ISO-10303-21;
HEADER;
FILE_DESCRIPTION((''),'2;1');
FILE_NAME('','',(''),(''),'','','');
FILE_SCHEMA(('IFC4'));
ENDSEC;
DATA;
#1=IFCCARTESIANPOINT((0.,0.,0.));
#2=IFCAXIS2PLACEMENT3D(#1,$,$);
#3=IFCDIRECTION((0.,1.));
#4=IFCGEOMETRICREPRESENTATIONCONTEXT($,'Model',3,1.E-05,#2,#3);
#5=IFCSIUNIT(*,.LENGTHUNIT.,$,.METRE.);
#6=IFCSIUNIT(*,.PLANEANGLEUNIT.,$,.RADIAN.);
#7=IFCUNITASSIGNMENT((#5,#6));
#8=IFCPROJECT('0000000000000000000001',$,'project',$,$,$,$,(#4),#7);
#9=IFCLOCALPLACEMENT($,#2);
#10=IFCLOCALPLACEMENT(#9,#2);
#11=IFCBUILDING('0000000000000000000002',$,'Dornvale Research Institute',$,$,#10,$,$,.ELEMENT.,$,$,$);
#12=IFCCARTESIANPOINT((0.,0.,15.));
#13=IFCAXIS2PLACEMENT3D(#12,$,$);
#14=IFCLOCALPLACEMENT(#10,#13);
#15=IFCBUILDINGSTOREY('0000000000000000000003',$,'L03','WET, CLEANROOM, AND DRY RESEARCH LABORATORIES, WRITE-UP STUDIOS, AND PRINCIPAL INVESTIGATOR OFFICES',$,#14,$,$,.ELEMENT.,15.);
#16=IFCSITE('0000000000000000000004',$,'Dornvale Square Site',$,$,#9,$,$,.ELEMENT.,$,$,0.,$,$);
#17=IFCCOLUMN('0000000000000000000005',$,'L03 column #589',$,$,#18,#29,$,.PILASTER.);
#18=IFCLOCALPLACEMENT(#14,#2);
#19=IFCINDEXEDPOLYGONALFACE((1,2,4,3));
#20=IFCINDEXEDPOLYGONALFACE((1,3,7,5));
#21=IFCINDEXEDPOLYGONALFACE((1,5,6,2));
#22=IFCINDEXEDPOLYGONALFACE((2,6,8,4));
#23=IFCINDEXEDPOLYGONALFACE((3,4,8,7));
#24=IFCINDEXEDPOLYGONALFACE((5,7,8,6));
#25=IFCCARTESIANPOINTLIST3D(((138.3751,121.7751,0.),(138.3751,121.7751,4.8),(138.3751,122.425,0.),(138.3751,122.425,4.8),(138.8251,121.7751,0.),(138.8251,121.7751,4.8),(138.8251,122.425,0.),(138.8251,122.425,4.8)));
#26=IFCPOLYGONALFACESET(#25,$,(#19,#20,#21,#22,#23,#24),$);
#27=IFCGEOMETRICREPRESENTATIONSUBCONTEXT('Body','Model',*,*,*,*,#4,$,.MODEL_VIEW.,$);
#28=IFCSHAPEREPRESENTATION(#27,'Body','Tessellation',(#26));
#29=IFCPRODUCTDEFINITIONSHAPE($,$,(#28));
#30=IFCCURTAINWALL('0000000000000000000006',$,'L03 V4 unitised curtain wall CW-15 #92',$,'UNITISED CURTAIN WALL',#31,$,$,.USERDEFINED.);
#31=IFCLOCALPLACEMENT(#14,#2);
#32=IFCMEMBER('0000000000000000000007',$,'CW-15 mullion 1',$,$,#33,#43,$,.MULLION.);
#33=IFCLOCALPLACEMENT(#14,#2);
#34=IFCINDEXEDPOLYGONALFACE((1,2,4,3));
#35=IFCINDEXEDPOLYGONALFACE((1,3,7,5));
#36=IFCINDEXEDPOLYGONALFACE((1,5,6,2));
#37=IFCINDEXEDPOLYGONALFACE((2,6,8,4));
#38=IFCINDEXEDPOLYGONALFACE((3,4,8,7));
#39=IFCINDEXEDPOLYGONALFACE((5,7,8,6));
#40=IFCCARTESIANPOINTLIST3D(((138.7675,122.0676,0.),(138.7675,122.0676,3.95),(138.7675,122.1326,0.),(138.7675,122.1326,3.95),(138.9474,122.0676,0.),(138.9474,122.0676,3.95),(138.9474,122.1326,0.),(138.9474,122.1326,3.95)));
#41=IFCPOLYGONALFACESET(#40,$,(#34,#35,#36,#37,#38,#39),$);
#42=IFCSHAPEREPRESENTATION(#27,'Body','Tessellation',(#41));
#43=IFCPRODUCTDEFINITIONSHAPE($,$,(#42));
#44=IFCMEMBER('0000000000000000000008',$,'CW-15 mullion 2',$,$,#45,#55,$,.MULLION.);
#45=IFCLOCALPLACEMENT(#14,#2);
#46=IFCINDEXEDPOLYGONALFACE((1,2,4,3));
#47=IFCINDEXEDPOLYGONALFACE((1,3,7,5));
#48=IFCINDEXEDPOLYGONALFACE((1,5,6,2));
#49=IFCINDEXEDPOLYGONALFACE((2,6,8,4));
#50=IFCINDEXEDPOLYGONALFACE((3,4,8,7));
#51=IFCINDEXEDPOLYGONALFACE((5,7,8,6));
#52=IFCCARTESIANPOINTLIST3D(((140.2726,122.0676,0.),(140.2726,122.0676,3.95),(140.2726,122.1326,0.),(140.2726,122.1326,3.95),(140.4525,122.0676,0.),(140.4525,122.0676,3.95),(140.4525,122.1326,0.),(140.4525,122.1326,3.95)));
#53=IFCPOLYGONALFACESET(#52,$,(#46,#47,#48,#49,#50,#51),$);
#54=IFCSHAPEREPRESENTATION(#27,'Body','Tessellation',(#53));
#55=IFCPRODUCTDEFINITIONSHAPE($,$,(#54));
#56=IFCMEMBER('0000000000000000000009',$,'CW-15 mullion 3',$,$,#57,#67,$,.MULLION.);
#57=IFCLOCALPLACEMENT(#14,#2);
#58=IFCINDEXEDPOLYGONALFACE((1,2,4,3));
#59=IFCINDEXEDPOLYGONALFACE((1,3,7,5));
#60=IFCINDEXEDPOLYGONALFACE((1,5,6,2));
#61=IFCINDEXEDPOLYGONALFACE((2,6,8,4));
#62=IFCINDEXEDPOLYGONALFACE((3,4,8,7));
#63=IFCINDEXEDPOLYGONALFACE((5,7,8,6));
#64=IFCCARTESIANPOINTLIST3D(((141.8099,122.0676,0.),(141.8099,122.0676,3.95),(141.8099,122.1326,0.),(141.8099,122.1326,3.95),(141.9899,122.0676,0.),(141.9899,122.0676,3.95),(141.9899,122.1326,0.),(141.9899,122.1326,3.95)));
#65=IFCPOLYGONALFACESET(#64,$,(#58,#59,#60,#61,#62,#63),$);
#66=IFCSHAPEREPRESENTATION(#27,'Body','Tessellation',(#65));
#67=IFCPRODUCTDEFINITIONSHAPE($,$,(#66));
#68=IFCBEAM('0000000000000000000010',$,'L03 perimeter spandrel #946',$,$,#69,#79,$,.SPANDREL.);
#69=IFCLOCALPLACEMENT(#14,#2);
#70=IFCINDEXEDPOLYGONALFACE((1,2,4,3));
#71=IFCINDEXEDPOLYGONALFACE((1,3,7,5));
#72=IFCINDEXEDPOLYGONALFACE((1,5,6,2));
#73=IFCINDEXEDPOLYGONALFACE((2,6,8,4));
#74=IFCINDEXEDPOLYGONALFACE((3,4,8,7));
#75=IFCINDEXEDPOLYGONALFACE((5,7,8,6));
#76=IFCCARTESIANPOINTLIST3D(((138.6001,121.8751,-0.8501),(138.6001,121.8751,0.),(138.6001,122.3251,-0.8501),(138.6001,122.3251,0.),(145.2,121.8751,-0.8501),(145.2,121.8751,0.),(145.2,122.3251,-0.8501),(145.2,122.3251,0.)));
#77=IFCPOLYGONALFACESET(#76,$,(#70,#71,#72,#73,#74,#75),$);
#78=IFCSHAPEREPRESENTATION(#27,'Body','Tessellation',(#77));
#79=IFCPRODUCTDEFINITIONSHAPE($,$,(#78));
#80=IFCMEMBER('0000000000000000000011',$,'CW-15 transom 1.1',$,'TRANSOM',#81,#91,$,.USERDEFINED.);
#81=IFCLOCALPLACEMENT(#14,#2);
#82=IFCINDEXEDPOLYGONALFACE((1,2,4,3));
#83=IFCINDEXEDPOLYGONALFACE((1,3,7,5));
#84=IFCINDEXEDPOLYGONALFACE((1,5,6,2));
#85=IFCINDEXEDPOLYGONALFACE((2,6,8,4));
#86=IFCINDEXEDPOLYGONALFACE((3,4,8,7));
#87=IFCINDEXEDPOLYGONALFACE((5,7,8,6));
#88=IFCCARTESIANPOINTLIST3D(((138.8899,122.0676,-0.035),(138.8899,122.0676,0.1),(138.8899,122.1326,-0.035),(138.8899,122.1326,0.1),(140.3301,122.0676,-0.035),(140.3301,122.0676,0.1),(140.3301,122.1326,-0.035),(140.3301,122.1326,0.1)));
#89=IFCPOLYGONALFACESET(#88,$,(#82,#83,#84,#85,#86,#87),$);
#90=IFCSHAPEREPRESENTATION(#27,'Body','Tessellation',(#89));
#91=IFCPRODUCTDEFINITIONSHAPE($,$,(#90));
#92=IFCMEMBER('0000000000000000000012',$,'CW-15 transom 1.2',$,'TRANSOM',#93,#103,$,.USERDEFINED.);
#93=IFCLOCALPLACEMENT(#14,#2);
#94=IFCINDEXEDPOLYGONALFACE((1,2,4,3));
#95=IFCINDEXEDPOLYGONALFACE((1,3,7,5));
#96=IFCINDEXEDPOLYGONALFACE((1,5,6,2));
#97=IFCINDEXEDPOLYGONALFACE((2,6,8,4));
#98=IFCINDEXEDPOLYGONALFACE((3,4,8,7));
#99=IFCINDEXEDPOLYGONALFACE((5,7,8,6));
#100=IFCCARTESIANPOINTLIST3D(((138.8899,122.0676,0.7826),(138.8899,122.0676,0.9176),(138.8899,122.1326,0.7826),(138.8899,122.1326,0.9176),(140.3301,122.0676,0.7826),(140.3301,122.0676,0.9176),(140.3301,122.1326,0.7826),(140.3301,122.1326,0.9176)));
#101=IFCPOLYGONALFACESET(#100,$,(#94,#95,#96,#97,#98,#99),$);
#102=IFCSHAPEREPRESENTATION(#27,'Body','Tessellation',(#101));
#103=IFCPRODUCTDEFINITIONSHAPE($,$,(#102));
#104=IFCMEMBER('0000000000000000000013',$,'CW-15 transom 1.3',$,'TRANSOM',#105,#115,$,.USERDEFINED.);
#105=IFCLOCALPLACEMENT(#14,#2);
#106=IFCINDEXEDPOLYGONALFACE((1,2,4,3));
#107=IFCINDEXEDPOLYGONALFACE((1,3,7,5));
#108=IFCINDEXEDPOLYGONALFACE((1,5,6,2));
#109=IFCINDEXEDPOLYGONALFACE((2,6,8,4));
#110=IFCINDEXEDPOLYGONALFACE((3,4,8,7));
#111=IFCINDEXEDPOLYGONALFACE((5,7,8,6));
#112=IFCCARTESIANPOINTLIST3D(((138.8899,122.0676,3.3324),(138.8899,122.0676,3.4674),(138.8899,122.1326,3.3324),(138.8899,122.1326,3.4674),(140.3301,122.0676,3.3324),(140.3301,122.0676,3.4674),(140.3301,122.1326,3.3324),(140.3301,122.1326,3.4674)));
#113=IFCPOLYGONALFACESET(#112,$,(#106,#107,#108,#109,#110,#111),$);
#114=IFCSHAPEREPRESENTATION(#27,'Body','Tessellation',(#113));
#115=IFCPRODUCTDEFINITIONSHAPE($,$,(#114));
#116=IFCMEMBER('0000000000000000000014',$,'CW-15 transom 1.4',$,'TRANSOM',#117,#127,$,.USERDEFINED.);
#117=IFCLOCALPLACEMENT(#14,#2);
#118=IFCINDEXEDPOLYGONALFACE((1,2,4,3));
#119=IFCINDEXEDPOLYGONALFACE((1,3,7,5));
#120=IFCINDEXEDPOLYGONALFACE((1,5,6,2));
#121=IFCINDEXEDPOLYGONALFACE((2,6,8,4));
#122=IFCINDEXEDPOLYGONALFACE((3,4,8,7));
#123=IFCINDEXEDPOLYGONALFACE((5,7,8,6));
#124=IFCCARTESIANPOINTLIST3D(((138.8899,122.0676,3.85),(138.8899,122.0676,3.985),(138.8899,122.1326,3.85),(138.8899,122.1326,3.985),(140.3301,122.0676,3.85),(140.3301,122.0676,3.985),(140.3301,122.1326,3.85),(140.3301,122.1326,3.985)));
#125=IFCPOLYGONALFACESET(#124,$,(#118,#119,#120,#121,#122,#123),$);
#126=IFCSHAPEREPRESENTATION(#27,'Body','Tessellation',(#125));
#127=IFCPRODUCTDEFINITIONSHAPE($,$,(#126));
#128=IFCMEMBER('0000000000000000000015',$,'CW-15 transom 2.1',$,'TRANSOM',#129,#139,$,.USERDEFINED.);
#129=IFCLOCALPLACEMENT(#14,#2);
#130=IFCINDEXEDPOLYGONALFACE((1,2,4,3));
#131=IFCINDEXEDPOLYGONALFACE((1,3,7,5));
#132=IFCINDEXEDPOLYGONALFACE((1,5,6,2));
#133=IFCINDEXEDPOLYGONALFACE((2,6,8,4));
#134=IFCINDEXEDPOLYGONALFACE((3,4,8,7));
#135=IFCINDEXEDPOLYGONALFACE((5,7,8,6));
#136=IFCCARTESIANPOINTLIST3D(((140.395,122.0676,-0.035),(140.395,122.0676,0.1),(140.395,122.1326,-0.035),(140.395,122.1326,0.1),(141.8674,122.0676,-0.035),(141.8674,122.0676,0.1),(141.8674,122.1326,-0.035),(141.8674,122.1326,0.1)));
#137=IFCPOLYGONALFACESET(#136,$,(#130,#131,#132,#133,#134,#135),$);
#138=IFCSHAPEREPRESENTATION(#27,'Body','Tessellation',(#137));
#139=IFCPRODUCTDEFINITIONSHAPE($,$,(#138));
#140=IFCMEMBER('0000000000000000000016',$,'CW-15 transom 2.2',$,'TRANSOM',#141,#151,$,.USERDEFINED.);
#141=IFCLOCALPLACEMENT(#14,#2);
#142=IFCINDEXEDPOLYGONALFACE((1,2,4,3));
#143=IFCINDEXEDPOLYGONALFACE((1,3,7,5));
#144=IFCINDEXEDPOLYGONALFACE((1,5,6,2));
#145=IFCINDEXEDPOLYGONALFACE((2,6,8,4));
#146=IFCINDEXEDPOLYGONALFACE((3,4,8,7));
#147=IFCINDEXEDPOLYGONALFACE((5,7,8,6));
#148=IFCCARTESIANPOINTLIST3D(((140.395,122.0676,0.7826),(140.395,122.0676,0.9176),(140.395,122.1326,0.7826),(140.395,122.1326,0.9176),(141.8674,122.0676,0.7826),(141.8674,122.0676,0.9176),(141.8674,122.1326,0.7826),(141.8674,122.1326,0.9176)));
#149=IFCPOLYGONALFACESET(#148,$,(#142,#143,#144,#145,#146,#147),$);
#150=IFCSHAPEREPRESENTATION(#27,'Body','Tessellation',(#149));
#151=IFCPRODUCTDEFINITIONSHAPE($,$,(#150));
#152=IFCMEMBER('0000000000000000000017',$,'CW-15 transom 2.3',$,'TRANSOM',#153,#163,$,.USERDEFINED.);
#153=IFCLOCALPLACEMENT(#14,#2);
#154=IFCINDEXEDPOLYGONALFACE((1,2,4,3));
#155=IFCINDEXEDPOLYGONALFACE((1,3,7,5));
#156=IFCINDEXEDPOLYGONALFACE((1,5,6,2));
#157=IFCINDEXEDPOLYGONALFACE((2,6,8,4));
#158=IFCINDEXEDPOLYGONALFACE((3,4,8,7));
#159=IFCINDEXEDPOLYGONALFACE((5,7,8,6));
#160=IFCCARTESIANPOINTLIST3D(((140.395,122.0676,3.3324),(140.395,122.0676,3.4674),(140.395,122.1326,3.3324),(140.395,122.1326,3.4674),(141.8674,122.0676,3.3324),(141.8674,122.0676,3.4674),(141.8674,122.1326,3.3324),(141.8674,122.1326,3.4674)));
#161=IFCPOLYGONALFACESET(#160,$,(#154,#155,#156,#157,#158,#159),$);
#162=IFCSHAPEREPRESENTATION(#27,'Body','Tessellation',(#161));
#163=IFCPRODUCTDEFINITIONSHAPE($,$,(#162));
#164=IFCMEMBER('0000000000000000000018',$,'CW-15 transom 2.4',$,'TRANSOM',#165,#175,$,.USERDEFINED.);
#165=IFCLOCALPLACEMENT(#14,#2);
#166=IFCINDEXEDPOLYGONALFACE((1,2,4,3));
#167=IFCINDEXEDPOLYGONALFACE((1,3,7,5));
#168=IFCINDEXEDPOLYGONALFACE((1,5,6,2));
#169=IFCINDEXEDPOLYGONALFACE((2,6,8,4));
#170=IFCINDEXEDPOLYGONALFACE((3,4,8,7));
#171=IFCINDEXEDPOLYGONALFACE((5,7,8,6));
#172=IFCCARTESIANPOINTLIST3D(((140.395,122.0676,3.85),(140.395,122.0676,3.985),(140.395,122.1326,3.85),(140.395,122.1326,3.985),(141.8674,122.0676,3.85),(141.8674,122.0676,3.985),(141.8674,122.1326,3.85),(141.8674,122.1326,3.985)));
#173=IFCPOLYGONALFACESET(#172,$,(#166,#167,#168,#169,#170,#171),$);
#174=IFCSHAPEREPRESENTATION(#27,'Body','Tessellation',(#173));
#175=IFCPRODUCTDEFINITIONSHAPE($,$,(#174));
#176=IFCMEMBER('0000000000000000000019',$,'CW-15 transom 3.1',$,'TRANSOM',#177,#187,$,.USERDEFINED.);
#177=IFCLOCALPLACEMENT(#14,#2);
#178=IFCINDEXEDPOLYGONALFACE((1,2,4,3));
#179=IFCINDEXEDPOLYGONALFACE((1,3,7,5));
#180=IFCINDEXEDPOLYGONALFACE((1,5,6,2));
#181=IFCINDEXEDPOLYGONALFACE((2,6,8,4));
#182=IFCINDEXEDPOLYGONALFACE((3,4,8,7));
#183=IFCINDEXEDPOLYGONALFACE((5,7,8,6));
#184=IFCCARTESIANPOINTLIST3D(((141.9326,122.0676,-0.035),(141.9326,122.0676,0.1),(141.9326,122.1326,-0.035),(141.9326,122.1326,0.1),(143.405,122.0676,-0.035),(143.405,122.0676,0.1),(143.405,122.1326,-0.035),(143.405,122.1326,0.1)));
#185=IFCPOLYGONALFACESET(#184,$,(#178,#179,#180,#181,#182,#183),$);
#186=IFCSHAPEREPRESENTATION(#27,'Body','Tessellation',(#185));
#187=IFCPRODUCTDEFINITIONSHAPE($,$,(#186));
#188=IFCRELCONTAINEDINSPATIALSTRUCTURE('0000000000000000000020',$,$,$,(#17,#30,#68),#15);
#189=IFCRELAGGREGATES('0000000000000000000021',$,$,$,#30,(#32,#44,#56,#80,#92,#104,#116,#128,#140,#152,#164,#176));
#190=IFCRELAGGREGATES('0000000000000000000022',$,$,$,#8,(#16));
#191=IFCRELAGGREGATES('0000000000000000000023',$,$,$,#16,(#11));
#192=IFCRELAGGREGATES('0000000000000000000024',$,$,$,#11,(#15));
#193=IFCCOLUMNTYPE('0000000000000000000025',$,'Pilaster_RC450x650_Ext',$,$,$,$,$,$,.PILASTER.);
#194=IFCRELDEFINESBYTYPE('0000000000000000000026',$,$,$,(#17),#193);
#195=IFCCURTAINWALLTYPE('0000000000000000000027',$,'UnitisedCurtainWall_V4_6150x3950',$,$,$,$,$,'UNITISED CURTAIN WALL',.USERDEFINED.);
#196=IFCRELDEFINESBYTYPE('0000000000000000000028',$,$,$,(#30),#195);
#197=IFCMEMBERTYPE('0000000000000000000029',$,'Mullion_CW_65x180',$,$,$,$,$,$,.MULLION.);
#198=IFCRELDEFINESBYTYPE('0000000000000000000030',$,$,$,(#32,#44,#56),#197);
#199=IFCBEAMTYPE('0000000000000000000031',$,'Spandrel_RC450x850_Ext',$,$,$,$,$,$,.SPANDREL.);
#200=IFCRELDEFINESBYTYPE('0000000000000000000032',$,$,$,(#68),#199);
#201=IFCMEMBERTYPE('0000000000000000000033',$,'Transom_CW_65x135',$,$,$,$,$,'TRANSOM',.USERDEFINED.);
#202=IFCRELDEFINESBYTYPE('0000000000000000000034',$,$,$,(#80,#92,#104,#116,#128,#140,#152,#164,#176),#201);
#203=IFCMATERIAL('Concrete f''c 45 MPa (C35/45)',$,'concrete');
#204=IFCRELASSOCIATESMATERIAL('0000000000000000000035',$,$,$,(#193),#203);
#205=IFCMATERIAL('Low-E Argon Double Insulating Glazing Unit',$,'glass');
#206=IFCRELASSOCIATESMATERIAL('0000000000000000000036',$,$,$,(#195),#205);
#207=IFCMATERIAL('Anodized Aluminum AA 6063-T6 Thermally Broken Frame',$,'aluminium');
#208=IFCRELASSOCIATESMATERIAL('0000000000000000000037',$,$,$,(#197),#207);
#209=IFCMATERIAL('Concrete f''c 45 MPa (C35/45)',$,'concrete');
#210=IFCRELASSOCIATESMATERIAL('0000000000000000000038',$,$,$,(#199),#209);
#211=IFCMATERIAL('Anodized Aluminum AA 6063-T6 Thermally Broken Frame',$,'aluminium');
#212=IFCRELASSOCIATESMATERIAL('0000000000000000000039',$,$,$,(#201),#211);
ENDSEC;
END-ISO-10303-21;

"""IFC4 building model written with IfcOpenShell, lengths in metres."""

from ifc_helpers import new_model, si_unit, direction, frame, origin, origin_2d, place, context, subcontext, project, spatial, rectangle, extrude, material, material_profile, profile_set, type_object, element, aggregate, save


model = new_model("IFC4")

# Units and contexts
model_context = context("Model", 3, precision=1e-05, world=origin(), true_north=direction((0.0, 1.0)))
body_context = subcontext(model_context, "Body", "Model", "MODEL_VIEW")
ifc_project = project(units=[si_unit("LENGTHUNIT", "METRE"), si_unit("PLANEANGLEUNIT", "RADIAN")], contexts=[model_context])

# Site, building, storey
site_placement = place(None, origin())
site = spatial("IfcSite", under=ifc_project, at=site_placement, Name="Dornvale Square Site", CompositionType="ELEMENT", RefElevation=0.0)
building_placement = place(site_placement, origin())
building = spatial("IfcBuilding", under=site, at=building_placement, Name="Dornvale Research Institute", CompositionType="ELEMENT")
storey_placement = place(building_placement, frame((0.0, 0.0, 15.0)))
storey = spatial("IfcBuildingStorey", under=building, at=storey_placement, Name="L03", Description="WET, CLEANROOM, AND DRY RESEARCH LABORATORIES, WRITE-UP STUDIOS, AND PRINCIPAL INVESTIGATOR OFFICES", CompositionType="ELEMENT", Elevation=15.0)

# Column
ifc_material_1 = material(Name="Concrete f'c 45 MPa (C35/45)", Category="concrete")
ifc_material_profile_1 = material_profile(ifc_material_1, rectangle(XDim=0.45, YDim=0.6499, at=origin_2d()), Name="RC 450x650")
ifc_profile_set_1 = profile_set([ifc_material_profile_1], Name="Concrete f'c 45 MPa (C35/45)")
column_type = type_object("IfcColumnType", Name="Pilaster_RC450x650_Ext", PredefinedType="PILASTER", material=ifc_profile_set_1)
column_placement = place(storey_placement, frame((138.6001, 122.1001, 0.0), z_axis=(0.0, 0.0, 1.0), x_axis=(1.0, 0.0, 0.0)))
element("IfcColumn", 1, at=column_placement, inside=storey, type_object=column_type, Name="L03 column #589", PredefinedType="PILASTER", context=body_context, shape_type="SweptSolid", body=[
    extrude(rectangle(XDim=0.45, YDim=0.6499, at=origin_2d()), origin(), (0.0, 0.0, 1.0), 4.8),
])

# Curtain wall, members
ifc_material_2 = material(Name="Low-E Argon Double Insulating Glazing Unit", Category="glass")
curtain_wall_type = type_object("IfcCurtainWallType", Name="UnitisedCurtainWall_V4_6150x3950", ElementType="UNITISED CURTAIN WALL", PredefinedType="USERDEFINED", material=ifc_material_2)
curtain_wall_placement = place(storey_placement, origin())
curtain_wall = element("IfcCurtainWall", 2, at=curtain_wall_placement, inside=storey, type_object=curtain_wall_type, Name="L03 V4 unitised curtain wall CW-15 #92", ObjectType="UNITISED CURTAIN WALL", PredefinedType="USERDEFINED")
ifc_material_3 = material(Name="Anodized Aluminum AA 6063-T6 Thermally Broken Frame", Category="aluminium")
ifc_material_profile_2 = material_profile(ifc_material_3, rectangle(XDim=0.0649, YDim=0.1799, at=origin_2d()), Name="ALU MULLION 65x180")
ifc_profile_set_2 = profile_set([ifc_material_profile_2], Name="Anodized Aluminum AA 6063-T6 Thermally Broken Frame")
member_type_1 = type_object("IfcMemberType", Name="Mullion_CW_65x180", PredefinedType="MULLION", material=ifc_profile_set_2)
member_1_placement = place(storey_placement, frame((138.8574, 122.1001, 0.0), z_axis=(0.0, 0.0, 1.0), x_axis=(0.0, 1.0, 0.0)))
member_1 = element("IfcMember", 3, at=member_1_placement, type_object=member_type_1, Name="CW-15 mullion 1", PredefinedType="MULLION", context=body_context, shape_type="SweptSolid", body=[
    extrude(rectangle(XDim=0.0649, YDim=0.1799, at=origin_2d()), origin(), (0.0, 0.0, 1.0), 3.95),
])
member_2_placement = place(storey_placement, frame((140.3625, 122.1001, 0.0), z_axis=(0.0, 0.0, 1.0), x_axis=(0.0, 1.0, 0.0)))
member_2 = element("IfcMember", 4, at=member_2_placement, type_object=member_type_1, Name="CW-15 mullion 2", PredefinedType="MULLION", context=body_context, shape_type="SweptSolid", body=[
    extrude(rectangle(XDim=0.0649, YDim=0.1799, at=origin_2d()), origin(), (0.0, 0.0, 1.0), 3.95),
])
member_3_placement = place(storey_placement, frame((141.8999, 122.1001, 0.0), z_axis=(0.0, 0.0, 1.0), x_axis=(0.0, 1.0, 0.0)))
member_3 = element("IfcMember", 5, at=member_3_placement, type_object=member_type_1, Name="CW-15 mullion 3", PredefinedType="MULLION", context=body_context, shape_type="SweptSolid", body=[
    extrude(rectangle(XDim=0.0649, YDim=0.1799, at=origin_2d()), origin(), (0.0, 0.0, 1.0), 3.95),
])

# Beam
ifc_material_4 = material(Name="Concrete f'c 45 MPa (C35/45)", Category="concrete")
ifc_material_profile_3 = material_profile(ifc_material_4, rectangle(XDim=0.45, YDim=0.8501, at=origin_2d()), Name="RC 450x850")
ifc_profile_set_3 = profile_set([ifc_material_profile_3], Name="Concrete f'c 45 MPa (C35/45)")
beam_type = type_object("IfcBeamType", Name="Spandrel_RC450x850_Ext", PredefinedType="SPANDREL", material=ifc_profile_set_3)
beam_placement = place(storey_placement, frame((138.6001, 122.1001, -0.425), z_axis=(1.0, 0.0, 0.0), x_axis=(0.0, 1.0, 0.0)))
element("IfcBeam", 6, at=beam_placement, inside=storey, type_object=beam_type, Name="L03 perimeter spandrel #946", PredefinedType="SPANDREL", context=body_context, shape_type="SweptSolid", body=[
    extrude(rectangle(XDim=0.45, YDim=0.8501, at=origin_2d()), origin(), (0.0, 0.0, 1.0), 6.5999),
])

# Members
ifc_material_5 = material(Name="Anodized Aluminum AA 6063-T6 Thermally Broken Frame", Category="aluminium")
ifc_material_profile_4 = material_profile(ifc_material_5, rectangle(XDim=0.0649, YDim=0.135, at=origin_2d()), Name="ALU TRANSOM 65x135")
ifc_profile_set_4 = profile_set([ifc_material_profile_4], Name="Anodized Aluminum AA 6063-T6 Thermally Broken Frame")
member_type_2 = type_object("IfcMemberType", Name="Transom_CW_65x135", ElementType="TRANSOM", PredefinedType="USERDEFINED", material=ifc_profile_set_4)
member_4_placement = place(storey_placement, frame((138.8899, 122.1001, 0.0325), z_axis=(1.0, 0.0, 0.0), x_axis=(0.0, 1.0, 0.0)))
member_4 = element("IfcMember", 7, at=member_4_placement, type_object=member_type_2, Name="CW-15 transom 1.1", ObjectType="TRANSOM", PredefinedType="USERDEFINED", context=body_context, shape_type="SweptSolid", body=[
    extrude(rectangle(XDim=0.0649, YDim=0.135, at=origin_2d()), origin(), (0.0, 0.0, 1.0), 1.4402),
])
member_5_placement = place(storey_placement, frame((138.8899, 122.1001, 0.8501), z_axis=(1.0, 0.0, 0.0), x_axis=(0.0, 1.0, 0.0)))
member_5 = element("IfcMember", 8, at=member_5_placement, type_object=member_type_2, Name="CW-15 transom 1.2", ObjectType="TRANSOM", PredefinedType="USERDEFINED", context=body_context, shape_type="SweptSolid", body=[
    extrude(rectangle(XDim=0.0649, YDim=0.135, at=origin_2d()), origin(), (0.0, 0.0, 1.0), 1.4402),
])
member_6_placement = place(storey_placement, frame((138.8899, 122.1001, 3.3999), z_axis=(1.0, 0.0, 0.0), x_axis=(0.0, 1.0, 0.0)))
member_6 = element("IfcMember", 9, at=member_6_placement, type_object=member_type_2, Name="CW-15 transom 1.3", ObjectType="TRANSOM", PredefinedType="USERDEFINED", context=body_context, shape_type="SweptSolid", body=[
    extrude(rectangle(XDim=0.0649, YDim=0.135, at=origin_2d()), origin(), (0.0, 0.0, 1.0), 1.4402),
])
member_7_placement = place(storey_placement, frame((138.8899, 122.1001, 3.9175), z_axis=(1.0, 0.0, 0.0), x_axis=(0.0, 1.0, 0.0)))
member_7 = element("IfcMember", 10, at=member_7_placement, type_object=member_type_2, Name="CW-15 transom 1.4", ObjectType="TRANSOM", PredefinedType="USERDEFINED", context=body_context, shape_type="SweptSolid", body=[
    extrude(rectangle(XDim=0.0649, YDim=0.135, at=origin_2d()), origin(), (0.0, 0.0, 1.0), 1.4402),
])
member_8_placement = place(storey_placement, frame((140.395, 122.1001, 0.0325), z_axis=(1.0, 0.0, 0.0), x_axis=(0.0, 1.0, 0.0)))
member_8 = element("IfcMember", 11, at=member_8_placement, type_object=member_type_2, Name="CW-15 transom 2.1", ObjectType="TRANSOM", PredefinedType="USERDEFINED", context=body_context, shape_type="SweptSolid", body=[
    extrude(rectangle(XDim=0.0649, YDim=0.135, at=origin_2d()), origin(), (0.0, 0.0, 1.0), 1.4724),
])
member_9_placement = place(storey_placement, frame((140.395, 122.1001, 0.8501), z_axis=(1.0, 0.0, 0.0), x_axis=(0.0, 1.0, 0.0)))
member_9 = element("IfcMember", 12, at=member_9_placement, type_object=member_type_2, Name="CW-15 transom 2.2", ObjectType="TRANSOM", PredefinedType="USERDEFINED", context=body_context, shape_type="SweptSolid", body=[
    extrude(rectangle(XDim=0.0649, YDim=0.135, at=origin_2d()), origin(), (0.0, 0.0, 1.0), 1.4724),
])
member_10_placement = place(storey_placement, frame((140.395, 122.1001, 3.3999), z_axis=(1.0, 0.0, 0.0), x_axis=(0.0, 1.0, 0.0)))
member_10 = element("IfcMember", 13, at=member_10_placement, type_object=member_type_2, Name="CW-15 transom 2.3", ObjectType="TRANSOM", PredefinedType="USERDEFINED", context=body_context, shape_type="SweptSolid", body=[
    extrude(rectangle(XDim=0.0649, YDim=0.135, at=origin_2d()), origin(), (0.0, 0.0, 1.0), 1.4724),
])
member_11_placement = place(storey_placement, frame((140.395, 122.1001, 3.9175), z_axis=(1.0, 0.0, 0.0), x_axis=(0.0, 1.0, 0.0)))
member_11 = element("IfcMember", 14, at=member_11_placement, type_object=member_type_2, Name="CW-15 transom 2.4", ObjectType="TRANSOM", PredefinedType="USERDEFINED", context=body_context, shape_type="SweptSolid", body=[
    extrude(rectangle(XDim=0.0649, YDim=0.135, at=origin_2d()), origin(), (0.0, 0.0, 1.0), 1.4724),
])
member_12_placement = place(storey_placement, frame((141.9326, 122.1001, 0.0325), z_axis=(1.0, 0.0, 0.0), x_axis=(0.0, 1.0, 0.0)))
member_12 = element("IfcMember", 15, at=member_12_placement, type_object=member_type_2, Name="CW-15 transom 3.1", ObjectType="TRANSOM", PredefinedType="USERDEFINED", context=body_context, shape_type="SweptSolid", body=[
    extrude(rectangle(XDim=0.0649, YDim=0.135, at=origin_2d()), origin(), (0.0, 0.0, 1.0), 1.4724),
])

aggregate(curtain_wall, [member_1, member_2, member_3, member_4, member_5, member_6, member_7, member_8, member_9, member_10, member_11, member_12])

save(model, "model.ifc")
